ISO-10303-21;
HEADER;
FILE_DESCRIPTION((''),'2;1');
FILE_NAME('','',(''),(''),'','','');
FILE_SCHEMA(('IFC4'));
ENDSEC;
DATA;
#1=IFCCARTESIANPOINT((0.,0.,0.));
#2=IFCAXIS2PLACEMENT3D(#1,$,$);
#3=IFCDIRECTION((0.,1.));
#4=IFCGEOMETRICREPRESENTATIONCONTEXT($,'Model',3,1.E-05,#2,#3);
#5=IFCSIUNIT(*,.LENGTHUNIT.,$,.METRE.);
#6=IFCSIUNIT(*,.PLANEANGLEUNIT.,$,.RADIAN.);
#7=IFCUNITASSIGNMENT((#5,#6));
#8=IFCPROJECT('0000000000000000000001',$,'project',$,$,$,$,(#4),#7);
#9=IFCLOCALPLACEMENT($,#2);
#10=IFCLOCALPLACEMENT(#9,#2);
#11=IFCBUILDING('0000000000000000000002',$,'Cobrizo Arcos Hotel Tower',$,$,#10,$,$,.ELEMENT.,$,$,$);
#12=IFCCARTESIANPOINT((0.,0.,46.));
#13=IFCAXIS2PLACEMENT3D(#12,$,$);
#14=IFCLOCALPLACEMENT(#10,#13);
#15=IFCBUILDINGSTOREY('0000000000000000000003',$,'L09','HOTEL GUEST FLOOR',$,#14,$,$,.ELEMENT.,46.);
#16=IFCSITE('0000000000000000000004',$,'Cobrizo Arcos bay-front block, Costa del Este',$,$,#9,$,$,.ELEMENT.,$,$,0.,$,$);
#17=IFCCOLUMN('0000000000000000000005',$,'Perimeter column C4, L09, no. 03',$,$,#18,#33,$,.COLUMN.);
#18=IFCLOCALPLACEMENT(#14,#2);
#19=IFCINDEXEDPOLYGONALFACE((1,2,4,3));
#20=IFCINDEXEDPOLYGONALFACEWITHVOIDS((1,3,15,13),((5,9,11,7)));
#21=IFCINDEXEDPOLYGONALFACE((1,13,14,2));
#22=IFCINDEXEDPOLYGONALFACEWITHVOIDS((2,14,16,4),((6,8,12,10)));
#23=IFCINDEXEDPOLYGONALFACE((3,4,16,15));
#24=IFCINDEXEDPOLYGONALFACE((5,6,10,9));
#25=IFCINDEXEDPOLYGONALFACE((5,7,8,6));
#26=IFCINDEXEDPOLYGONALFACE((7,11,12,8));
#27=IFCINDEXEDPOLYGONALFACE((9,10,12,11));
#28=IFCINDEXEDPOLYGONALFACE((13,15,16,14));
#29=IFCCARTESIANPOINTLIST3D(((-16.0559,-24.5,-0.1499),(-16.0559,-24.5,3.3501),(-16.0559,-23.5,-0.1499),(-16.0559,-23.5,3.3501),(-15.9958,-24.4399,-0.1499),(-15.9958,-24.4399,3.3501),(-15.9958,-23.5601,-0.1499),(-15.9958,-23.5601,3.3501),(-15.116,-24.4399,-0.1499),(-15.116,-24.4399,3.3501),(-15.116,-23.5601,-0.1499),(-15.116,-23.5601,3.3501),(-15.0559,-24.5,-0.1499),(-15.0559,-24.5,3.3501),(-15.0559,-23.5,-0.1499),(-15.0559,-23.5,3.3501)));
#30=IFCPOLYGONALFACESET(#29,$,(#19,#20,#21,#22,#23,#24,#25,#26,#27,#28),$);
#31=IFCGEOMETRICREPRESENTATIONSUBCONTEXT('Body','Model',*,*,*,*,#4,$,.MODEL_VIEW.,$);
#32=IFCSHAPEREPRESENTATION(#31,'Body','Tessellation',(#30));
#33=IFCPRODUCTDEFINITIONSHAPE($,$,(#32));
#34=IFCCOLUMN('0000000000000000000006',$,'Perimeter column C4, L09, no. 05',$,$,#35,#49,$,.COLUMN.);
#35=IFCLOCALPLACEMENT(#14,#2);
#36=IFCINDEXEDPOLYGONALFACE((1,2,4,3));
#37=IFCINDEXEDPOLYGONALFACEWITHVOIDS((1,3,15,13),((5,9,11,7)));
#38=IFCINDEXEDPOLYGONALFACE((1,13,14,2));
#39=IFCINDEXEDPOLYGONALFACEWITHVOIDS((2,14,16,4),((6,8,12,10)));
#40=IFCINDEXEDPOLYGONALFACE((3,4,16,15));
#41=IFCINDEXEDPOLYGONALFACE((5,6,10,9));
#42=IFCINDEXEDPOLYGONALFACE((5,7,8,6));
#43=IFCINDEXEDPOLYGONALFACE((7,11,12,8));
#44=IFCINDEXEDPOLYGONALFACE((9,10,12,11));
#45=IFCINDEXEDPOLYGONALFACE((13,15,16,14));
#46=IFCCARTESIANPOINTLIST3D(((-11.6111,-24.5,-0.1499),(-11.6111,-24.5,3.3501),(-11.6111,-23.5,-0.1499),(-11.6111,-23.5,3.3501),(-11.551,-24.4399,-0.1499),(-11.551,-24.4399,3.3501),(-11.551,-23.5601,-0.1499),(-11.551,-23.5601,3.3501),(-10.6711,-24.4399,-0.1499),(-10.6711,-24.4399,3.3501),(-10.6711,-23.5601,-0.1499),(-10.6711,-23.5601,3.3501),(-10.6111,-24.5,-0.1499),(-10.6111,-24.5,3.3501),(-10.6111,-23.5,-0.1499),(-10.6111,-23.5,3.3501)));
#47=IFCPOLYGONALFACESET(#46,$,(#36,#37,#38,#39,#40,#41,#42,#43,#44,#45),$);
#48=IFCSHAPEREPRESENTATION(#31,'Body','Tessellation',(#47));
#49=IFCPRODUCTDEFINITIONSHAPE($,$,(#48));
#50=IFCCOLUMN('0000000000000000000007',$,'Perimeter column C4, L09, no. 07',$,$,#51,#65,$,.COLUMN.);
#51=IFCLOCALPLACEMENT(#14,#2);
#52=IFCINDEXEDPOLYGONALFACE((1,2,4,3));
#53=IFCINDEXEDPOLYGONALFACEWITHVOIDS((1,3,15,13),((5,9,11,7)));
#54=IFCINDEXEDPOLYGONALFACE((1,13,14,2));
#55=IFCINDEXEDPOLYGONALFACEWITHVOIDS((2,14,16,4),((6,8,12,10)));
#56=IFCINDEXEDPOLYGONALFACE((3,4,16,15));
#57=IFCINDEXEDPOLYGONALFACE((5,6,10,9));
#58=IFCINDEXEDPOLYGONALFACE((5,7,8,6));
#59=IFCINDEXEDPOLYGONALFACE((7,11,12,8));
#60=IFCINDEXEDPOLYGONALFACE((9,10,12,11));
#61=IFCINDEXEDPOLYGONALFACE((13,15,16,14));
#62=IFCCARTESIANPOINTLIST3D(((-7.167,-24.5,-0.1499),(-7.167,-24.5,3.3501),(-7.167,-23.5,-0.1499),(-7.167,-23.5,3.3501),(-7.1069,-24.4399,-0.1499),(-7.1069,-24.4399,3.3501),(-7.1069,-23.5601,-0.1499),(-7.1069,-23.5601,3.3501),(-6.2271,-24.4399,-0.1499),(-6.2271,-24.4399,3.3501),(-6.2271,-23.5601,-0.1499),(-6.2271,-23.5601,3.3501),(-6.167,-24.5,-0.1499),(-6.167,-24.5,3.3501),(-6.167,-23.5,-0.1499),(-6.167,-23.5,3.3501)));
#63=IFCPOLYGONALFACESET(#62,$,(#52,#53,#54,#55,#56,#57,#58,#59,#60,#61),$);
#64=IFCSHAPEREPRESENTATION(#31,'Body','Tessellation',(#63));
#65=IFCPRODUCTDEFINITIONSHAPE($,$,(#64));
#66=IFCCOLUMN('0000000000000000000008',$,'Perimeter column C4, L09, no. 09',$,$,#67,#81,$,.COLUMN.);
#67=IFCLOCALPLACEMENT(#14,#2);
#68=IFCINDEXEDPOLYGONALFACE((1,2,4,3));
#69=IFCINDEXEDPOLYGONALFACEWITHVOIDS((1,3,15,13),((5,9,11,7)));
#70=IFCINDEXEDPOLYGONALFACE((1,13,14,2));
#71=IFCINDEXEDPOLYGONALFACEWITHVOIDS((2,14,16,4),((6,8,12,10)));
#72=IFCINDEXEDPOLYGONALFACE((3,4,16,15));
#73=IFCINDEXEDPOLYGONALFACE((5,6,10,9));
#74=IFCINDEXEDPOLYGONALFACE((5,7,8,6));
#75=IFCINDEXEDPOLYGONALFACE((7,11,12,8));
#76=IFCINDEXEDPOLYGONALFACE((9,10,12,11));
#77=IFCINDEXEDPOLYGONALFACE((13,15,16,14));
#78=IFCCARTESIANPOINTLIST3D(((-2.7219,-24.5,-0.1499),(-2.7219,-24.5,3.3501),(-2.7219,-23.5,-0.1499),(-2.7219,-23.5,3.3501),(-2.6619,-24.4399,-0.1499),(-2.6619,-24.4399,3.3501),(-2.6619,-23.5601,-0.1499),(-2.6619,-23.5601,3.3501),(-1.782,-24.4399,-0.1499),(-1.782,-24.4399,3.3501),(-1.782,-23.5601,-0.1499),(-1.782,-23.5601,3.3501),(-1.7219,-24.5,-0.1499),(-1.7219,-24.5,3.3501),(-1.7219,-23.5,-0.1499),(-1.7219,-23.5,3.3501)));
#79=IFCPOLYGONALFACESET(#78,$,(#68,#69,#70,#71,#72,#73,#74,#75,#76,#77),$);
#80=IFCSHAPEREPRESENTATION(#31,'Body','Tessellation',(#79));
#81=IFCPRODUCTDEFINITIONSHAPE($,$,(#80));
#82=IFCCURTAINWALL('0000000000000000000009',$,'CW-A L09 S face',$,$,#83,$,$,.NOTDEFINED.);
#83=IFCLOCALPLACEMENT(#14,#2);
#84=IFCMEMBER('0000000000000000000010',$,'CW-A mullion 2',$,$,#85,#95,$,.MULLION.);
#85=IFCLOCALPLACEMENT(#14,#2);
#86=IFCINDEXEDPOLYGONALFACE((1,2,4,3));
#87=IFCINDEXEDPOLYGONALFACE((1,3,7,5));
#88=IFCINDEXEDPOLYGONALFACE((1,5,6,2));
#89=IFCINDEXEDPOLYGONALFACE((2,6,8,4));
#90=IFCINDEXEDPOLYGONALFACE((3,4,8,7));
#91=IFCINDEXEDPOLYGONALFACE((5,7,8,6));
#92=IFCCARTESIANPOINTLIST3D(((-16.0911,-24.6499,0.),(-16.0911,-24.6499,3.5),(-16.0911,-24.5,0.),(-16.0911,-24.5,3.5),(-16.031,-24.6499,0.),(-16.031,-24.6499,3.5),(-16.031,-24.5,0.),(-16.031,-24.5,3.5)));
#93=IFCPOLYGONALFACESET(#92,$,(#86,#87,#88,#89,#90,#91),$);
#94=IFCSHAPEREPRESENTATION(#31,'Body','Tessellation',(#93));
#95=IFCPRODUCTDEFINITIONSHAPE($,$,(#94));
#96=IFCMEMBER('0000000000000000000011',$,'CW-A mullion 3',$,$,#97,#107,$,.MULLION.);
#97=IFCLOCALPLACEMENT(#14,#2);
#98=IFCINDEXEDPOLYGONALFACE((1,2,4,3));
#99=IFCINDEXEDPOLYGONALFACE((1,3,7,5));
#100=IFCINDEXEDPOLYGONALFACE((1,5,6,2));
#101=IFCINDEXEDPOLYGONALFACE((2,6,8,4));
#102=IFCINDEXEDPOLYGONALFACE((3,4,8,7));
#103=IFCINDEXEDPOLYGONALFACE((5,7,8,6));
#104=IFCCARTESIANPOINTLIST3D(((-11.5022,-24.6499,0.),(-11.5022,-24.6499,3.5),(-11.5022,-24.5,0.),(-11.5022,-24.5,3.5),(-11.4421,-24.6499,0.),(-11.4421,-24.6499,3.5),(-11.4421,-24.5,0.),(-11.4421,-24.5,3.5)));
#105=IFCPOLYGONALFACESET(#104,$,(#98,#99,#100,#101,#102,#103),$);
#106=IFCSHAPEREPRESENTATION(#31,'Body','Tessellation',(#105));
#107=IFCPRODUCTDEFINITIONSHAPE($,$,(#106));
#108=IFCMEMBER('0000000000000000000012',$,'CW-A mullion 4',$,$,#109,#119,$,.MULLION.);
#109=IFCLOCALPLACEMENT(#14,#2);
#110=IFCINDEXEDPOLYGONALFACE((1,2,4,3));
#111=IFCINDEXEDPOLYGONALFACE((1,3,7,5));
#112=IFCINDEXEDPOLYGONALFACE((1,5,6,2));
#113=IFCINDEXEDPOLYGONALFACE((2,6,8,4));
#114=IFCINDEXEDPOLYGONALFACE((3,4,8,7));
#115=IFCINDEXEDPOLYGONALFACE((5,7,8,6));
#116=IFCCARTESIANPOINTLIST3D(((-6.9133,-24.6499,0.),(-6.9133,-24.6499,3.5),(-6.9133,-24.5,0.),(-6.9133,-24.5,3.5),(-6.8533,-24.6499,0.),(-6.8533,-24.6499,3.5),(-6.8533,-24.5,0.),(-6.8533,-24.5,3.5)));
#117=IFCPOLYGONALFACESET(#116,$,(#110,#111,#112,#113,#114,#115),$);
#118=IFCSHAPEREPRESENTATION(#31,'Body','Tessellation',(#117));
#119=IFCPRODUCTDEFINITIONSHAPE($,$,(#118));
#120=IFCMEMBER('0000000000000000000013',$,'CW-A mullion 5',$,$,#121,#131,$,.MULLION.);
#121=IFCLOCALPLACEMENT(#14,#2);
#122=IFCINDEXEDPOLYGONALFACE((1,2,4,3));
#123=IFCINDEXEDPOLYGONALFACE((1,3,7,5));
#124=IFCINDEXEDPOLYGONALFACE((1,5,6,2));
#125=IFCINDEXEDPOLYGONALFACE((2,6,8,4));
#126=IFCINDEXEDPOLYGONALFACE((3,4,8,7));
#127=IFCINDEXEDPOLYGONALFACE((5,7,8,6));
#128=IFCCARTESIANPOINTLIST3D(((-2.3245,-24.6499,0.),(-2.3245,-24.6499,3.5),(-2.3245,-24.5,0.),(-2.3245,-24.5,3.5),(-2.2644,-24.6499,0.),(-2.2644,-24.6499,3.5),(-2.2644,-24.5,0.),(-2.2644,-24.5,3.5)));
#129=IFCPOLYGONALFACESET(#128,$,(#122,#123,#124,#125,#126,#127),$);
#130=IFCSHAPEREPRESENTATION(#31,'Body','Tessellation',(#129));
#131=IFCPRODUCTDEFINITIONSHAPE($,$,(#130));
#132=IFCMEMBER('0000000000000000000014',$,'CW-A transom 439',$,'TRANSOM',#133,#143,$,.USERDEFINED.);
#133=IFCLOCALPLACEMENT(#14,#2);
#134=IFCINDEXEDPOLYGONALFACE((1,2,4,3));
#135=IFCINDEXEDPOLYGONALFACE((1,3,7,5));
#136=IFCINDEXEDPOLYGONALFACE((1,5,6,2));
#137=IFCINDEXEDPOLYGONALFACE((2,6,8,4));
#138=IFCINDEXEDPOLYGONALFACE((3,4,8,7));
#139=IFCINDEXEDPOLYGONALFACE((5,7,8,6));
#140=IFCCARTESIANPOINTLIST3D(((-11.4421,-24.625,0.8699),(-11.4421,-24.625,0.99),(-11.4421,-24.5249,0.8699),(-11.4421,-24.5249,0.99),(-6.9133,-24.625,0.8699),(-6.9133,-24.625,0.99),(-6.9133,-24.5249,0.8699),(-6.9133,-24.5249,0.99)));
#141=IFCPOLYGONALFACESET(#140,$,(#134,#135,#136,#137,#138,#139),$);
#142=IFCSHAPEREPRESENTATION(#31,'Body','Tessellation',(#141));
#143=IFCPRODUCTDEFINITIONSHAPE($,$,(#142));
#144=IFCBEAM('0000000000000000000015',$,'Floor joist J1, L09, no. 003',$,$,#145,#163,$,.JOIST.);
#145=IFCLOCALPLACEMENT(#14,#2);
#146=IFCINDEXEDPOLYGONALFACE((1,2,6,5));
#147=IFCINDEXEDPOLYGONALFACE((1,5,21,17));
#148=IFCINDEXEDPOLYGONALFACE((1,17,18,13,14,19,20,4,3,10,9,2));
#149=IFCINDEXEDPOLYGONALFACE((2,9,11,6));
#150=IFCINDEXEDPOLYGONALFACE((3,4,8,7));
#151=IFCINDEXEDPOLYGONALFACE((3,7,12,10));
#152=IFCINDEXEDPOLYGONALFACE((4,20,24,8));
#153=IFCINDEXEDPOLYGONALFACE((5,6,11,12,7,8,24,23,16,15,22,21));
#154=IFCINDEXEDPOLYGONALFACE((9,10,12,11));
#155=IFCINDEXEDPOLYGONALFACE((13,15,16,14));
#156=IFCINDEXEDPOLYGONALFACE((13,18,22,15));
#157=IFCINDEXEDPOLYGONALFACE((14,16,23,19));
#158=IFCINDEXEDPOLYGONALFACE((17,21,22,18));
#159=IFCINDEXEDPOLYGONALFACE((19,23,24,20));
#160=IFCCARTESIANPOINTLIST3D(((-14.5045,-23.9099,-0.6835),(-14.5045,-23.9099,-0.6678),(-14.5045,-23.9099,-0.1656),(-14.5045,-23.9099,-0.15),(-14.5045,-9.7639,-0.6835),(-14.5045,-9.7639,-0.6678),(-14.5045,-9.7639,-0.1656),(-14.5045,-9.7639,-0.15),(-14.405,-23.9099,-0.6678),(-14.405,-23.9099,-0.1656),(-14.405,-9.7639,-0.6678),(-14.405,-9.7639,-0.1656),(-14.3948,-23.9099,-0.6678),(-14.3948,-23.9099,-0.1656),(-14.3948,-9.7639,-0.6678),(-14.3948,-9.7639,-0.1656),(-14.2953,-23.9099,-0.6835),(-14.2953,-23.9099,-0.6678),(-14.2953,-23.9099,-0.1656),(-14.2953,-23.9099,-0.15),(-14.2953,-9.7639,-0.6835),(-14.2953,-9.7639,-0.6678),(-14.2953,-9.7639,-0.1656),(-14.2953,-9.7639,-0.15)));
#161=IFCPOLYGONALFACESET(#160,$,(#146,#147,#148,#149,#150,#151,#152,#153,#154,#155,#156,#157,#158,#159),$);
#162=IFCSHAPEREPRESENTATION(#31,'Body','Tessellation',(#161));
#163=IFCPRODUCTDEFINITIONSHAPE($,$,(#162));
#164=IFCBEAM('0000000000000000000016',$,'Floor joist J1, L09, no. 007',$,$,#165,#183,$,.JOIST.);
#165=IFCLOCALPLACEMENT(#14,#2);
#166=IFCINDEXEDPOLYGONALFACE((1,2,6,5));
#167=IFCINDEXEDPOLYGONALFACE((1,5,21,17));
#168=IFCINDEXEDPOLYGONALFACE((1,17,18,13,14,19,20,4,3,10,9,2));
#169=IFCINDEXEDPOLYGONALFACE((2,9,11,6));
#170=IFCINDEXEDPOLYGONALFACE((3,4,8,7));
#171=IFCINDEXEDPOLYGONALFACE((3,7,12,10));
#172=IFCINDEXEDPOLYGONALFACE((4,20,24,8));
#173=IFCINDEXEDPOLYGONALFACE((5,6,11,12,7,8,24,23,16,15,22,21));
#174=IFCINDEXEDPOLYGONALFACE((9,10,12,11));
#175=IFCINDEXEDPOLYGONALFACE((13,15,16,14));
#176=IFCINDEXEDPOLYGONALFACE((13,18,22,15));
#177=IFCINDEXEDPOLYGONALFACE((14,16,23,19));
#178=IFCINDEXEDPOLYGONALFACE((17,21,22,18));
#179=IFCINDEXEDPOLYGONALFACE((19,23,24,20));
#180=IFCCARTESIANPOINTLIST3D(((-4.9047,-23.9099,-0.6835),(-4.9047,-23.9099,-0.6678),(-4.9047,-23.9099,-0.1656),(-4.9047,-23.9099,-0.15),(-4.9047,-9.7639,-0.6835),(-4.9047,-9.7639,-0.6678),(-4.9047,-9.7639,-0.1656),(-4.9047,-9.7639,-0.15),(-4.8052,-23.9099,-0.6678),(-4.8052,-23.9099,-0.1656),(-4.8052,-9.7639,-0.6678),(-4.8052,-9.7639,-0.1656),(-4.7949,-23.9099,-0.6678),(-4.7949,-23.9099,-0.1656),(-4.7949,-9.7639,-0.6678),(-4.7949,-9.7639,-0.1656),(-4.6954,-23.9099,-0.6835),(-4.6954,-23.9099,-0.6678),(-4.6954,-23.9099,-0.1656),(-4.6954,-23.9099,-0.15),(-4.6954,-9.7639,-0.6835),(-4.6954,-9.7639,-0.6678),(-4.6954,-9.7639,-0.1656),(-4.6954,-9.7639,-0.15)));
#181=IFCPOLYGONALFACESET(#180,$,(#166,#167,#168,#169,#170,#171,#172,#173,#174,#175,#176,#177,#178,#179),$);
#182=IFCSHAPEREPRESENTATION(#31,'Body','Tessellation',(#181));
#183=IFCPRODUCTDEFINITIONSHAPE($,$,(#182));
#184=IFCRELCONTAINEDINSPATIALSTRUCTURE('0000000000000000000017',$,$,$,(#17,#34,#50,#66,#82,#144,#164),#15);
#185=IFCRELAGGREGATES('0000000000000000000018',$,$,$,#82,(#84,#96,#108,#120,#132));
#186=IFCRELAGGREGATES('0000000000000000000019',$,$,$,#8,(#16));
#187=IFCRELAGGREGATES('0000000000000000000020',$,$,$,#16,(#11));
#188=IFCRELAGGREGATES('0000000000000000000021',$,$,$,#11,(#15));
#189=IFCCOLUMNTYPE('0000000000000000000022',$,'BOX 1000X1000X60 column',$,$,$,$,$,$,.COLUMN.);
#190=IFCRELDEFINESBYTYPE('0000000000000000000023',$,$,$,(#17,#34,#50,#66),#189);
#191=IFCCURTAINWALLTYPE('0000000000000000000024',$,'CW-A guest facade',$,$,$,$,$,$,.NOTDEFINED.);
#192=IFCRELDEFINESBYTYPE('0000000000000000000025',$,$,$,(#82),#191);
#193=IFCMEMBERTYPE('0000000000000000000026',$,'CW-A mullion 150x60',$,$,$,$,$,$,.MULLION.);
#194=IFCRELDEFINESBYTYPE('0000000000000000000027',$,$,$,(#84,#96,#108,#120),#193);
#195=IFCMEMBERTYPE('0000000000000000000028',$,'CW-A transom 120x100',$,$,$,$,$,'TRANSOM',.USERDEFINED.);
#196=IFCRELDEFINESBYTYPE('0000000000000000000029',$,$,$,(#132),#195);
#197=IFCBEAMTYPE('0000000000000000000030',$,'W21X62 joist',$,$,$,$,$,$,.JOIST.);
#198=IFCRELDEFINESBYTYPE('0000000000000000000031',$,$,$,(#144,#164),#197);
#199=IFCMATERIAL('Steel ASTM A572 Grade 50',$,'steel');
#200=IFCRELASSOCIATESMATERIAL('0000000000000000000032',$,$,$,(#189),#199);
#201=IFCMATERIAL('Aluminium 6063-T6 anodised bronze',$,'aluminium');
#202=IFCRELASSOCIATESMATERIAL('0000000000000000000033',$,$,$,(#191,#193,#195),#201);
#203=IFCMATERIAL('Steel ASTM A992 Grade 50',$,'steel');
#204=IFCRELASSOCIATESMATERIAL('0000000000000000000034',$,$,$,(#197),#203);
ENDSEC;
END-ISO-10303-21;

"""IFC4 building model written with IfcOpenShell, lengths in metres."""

from ifc_helpers import new_model, si_unit, direction, frame, origin, origin_2d, place, context, subcontext, project, spatial, rectangle, hollow_rectangle, i_section, extrude, material, material_profile, profile_set, type_object, element, aggregate, save


model = new_model("IFC4")

# Units and contexts
model_context = context("Model", 3, precision=1e-05, world=origin(), true_north=direction((0.0, 1.0)))
body_context = subcontext(model_context, "Body", "Model", "MODEL_VIEW")
ifc_project = project(units=[si_unit("LENGTHUNIT", "METRE"), si_unit("PLANEANGLEUNIT", "RADIAN")], contexts=[model_context])

# Site, building, storey
site_placement = place(None, origin())
site = spatial("IfcSite", under=ifc_project, at=site_placement, Name="Cobrizo Arcos bay-front block, Costa del Este", CompositionType="ELEMENT", RefElevation=0.0)
building_placement = place(site_placement, origin())
building = spatial("IfcBuilding", under=site, at=building_placement, Name="Cobrizo Arcos Hotel Tower", CompositionType="ELEMENT")
storey_placement = place(building_placement, frame((0.0, 0.0, 46.0)))
storey = spatial("IfcBuildingStorey", under=building, at=storey_placement, Name="L09", Description="HOTEL GUEST FLOOR", CompositionType="ELEMENT", Elevation=46.0)

# Columns
ifc_material_1 = material(Name="Steel ASTM A572 Grade 50", Category="steel")
ifc_material_profile_1 = material_profile(ifc_material_1, hollow_rectangle(XDim=1.0, YDim=1.0, WallThickness=0.0601, at=origin_2d()), Name="BOX 1000X1000X60")
ifc_profile_set_1 = profile_set([ifc_material_profile_1], Name="Steel ASTM A572 Grade 50")
column_type = type_object("IfcColumnType", Name="BOX 1000X1000X60 column", PredefinedType="COLUMN", material=ifc_profile_set_1)
for number, where, z_axis, x_axis, name in (
    (1, (-15.5559, -24.0, -0.1499), (0.0, 0.0, 1.0), (1.0, 0.0, 0.0), "Perimeter column C4, L09, no. 03"),
    (2, (-11.1111, -24.0, -0.1499), (0.0, 0.0, 1.0), (1.0, 0.0, 0.0), "Perimeter column C4, L09, no. 05"),
    (3, (-6.667, -24.0, -0.1499), (0.0, 0.0, 1.0), (1.0, 0.0, 0.0), "Perimeter column C4, L09, no. 07"),
    (4, (-2.2219, -24.0, -0.1499), (0.0, 0.0, 1.0), (1.0, 0.0, 0.0), "Perimeter column C4, L09, no. 09"),
):
    element("IfcColumn", number, at=place(storey_placement, frame(where, z_axis=z_axis, x_axis=x_axis)), inside=storey, type_object=column_type, Name=name, PredefinedType="COLUMN", context=body_context, shape_type="SweptSolid", body=[
        extrude(hollow_rectangle(XDim=1.0, YDim=1.0, WallThickness=0.0601, at=origin_2d()), origin(), (0.0, 0.0, 1.0), 3.5),
    ])

# Curtain wall, members
ifc_material_2 = material(Name="Aluminium 6063-T6 anodised bronze", Category="aluminium")
curtain_wall_type = type_object("IfcCurtainWallType", Name="CW-A guest facade", PredefinedType="NOTDEFINED", material=ifc_material_2)
curtain_wall_placement = place(storey_placement, origin())
curtain_wall = element("IfcCurtainWall", 5, at=curtain_wall_placement, inside=storey, type_object=curtain_wall_type, Name="CW-A L09 S face", PredefinedType="NOTDEFINED")
ifc_material_profile_2 = material_profile(ifc_material_2, rectangle(XDim=0.1499, YDim=0.0601, at=origin_2d()), Name="CW-A mullion 150x60")
ifc_profile_set_2 = profile_set([ifc_material_profile_2], Name="Aluminium 6063-T6 anodised bronze")
member_type_1 = type_object("IfcMemberType", Name="CW-A mullion 150x60", PredefinedType="MULLION", material=ifc_profile_set_2)
member_1_placement = place(storey_placement, frame((-16.061, -24.575, 0.0), z_axis=(0.0, 0.0, 1.0), x_axis=(0.0, -1.0, 0.0)))
member_1 = element("IfcMember", 6, at=member_1_placement, type_object=member_type_1, Name="CW-A mullion 2", PredefinedType="MULLION", context=body_context, shape_type="SweptSolid", body=[
    extrude(rectangle(XDim=0.1499, YDim=0.0601, at=origin_2d()), origin(), (0.0, 0.0, 1.0), 3.5),
])
member_2_placement = place(storey_placement, frame((-11.4722, -24.575, 0.0), z_axis=(0.0, 0.0, 1.0), x_axis=(0.0, -1.0, 0.0)))
member_2 = element("IfcMember", 7, at=member_2_placement, type_object=member_type_1, Name="CW-A mullion 3", PredefinedType="MULLION", context=body_context, shape_type="SweptSolid", body=[
    extrude(rectangle(XDim=0.1499, YDim=0.0601, at=origin_2d()), origin(), (0.0, 0.0, 1.0), 3.5),
])
member_3_placement = place(storey_placement, frame((-6.8833, -24.575, 0.0), z_axis=(0.0, 0.0, 1.0), x_axis=(0.0, -1.0, 0.0)))
member_3 = element("IfcMember", 8, at=member_3_placement, type_object=member_type_1, Name="CW-A mullion 4", PredefinedType="MULLION", context=body_context, shape_type="SweptSolid", body=[
    extrude(rectangle(XDim=0.1499, YDim=0.0601, at=origin_2d()), origin(), (0.0, 0.0, 1.0), 3.5),
])
member_4_placement = place(storey_placement, frame((-2.2944, -24.575, 0.0), z_axis=(0.0, 0.0, 1.0), x_axis=(0.0, -1.0, 0.0)))
member_4 = element("IfcMember", 9, at=member_4_placement, type_object=member_type_1, Name="CW-A mullion 5", PredefinedType="MULLION", context=body_context, shape_type="SweptSolid", body=[
    extrude(rectangle(XDim=0.1499, YDim=0.0601, at=origin_2d()), origin(), (0.0, 0.0, 1.0), 3.5),
])
ifc_material_profile_3 = material_profile(ifc_material_2, rectangle(XDim=0.1001, YDim=0.1201, at=origin_2d()), Name="CW-A transom 120x100")
ifc_profile_set_3 = profile_set([ifc_material_profile_3], Name="Aluminium 6063-T6 anodised bronze")
member_type_2 = type_object("IfcMemberType", Name="CW-A transom 120x100", ElementType="TRANSOM", PredefinedType="USERDEFINED", material=ifc_profile_set_3)
member_5_placement = place(storey_placement, frame((-11.4421, -24.575, 0.9299), z_axis=(1.0, 0.0, 0.0), x_axis=(0.0, 1.0, 0.0)))
member_5 = element("IfcMember", 10, at=member_5_placement, type_object=member_type_2, Name="CW-A transom 439", ObjectType="TRANSOM", PredefinedType="USERDEFINED", context=body_context, shape_type="SweptSolid", body=[
    extrude(rectangle(XDim=0.1001, YDim=0.1201, at=origin_2d()), origin(), (0.0, 0.0, 1.0), 4.5288),
])

# Beams
ifc_material_3 = material(Name="Steel ASTM A992 Grade 50", Category="steel")
ifc_material_profile_4 = material_profile(ifc_material_3, i_section(OverallWidth=0.2092, OverallDepth=0.5334, WebThickness=0.0103, FlangeThickness=0.0156, at=origin_2d()), Name="W21X62")
ifc_profile_set_4 = profile_set([ifc_material_profile_4], Name="Steel ASTM A992 Grade 50")
beam_type_1 = type_object("IfcBeamType", Name="W21X62 joist", PredefinedType="JOIST", material=ifc_profile_set_4)
for number, where, z_axis, x_axis, name in (
    (11, (-14.3999, -23.9099, -0.4167), (0.0, 1.0, 0.0), (-1.0, 0.0, 0.0), "Floor joist J1, L09, no. 003"),
    (12, (-4.8, -23.9099, -0.4167), (0.0, 1.0, 0.0), (-1.0, 0.0, 0.0), "Floor joist J1, L09, no. 007"),
):
    element("IfcBeam", number, at=place(storey_placement, frame(where, z_axis=z_axis, x_axis=x_axis)), inside=storey, type_object=beam_type_1, Name=name, PredefinedType="JOIST", context=body_context, shape_type="SweptSolid", body=[
        extrude(i_section(OverallWidth=0.2092, OverallDepth=0.5334, WebThickness=0.0103, FlangeThickness=0.0156, at=origin_2d()), origin(), (0.0, 0.0, 1.0), 14.146),
    ])

aggregate(curtain_wall, [member_1, member_2, member_3, member_4, member_5])

save(model, "model.ifc")
